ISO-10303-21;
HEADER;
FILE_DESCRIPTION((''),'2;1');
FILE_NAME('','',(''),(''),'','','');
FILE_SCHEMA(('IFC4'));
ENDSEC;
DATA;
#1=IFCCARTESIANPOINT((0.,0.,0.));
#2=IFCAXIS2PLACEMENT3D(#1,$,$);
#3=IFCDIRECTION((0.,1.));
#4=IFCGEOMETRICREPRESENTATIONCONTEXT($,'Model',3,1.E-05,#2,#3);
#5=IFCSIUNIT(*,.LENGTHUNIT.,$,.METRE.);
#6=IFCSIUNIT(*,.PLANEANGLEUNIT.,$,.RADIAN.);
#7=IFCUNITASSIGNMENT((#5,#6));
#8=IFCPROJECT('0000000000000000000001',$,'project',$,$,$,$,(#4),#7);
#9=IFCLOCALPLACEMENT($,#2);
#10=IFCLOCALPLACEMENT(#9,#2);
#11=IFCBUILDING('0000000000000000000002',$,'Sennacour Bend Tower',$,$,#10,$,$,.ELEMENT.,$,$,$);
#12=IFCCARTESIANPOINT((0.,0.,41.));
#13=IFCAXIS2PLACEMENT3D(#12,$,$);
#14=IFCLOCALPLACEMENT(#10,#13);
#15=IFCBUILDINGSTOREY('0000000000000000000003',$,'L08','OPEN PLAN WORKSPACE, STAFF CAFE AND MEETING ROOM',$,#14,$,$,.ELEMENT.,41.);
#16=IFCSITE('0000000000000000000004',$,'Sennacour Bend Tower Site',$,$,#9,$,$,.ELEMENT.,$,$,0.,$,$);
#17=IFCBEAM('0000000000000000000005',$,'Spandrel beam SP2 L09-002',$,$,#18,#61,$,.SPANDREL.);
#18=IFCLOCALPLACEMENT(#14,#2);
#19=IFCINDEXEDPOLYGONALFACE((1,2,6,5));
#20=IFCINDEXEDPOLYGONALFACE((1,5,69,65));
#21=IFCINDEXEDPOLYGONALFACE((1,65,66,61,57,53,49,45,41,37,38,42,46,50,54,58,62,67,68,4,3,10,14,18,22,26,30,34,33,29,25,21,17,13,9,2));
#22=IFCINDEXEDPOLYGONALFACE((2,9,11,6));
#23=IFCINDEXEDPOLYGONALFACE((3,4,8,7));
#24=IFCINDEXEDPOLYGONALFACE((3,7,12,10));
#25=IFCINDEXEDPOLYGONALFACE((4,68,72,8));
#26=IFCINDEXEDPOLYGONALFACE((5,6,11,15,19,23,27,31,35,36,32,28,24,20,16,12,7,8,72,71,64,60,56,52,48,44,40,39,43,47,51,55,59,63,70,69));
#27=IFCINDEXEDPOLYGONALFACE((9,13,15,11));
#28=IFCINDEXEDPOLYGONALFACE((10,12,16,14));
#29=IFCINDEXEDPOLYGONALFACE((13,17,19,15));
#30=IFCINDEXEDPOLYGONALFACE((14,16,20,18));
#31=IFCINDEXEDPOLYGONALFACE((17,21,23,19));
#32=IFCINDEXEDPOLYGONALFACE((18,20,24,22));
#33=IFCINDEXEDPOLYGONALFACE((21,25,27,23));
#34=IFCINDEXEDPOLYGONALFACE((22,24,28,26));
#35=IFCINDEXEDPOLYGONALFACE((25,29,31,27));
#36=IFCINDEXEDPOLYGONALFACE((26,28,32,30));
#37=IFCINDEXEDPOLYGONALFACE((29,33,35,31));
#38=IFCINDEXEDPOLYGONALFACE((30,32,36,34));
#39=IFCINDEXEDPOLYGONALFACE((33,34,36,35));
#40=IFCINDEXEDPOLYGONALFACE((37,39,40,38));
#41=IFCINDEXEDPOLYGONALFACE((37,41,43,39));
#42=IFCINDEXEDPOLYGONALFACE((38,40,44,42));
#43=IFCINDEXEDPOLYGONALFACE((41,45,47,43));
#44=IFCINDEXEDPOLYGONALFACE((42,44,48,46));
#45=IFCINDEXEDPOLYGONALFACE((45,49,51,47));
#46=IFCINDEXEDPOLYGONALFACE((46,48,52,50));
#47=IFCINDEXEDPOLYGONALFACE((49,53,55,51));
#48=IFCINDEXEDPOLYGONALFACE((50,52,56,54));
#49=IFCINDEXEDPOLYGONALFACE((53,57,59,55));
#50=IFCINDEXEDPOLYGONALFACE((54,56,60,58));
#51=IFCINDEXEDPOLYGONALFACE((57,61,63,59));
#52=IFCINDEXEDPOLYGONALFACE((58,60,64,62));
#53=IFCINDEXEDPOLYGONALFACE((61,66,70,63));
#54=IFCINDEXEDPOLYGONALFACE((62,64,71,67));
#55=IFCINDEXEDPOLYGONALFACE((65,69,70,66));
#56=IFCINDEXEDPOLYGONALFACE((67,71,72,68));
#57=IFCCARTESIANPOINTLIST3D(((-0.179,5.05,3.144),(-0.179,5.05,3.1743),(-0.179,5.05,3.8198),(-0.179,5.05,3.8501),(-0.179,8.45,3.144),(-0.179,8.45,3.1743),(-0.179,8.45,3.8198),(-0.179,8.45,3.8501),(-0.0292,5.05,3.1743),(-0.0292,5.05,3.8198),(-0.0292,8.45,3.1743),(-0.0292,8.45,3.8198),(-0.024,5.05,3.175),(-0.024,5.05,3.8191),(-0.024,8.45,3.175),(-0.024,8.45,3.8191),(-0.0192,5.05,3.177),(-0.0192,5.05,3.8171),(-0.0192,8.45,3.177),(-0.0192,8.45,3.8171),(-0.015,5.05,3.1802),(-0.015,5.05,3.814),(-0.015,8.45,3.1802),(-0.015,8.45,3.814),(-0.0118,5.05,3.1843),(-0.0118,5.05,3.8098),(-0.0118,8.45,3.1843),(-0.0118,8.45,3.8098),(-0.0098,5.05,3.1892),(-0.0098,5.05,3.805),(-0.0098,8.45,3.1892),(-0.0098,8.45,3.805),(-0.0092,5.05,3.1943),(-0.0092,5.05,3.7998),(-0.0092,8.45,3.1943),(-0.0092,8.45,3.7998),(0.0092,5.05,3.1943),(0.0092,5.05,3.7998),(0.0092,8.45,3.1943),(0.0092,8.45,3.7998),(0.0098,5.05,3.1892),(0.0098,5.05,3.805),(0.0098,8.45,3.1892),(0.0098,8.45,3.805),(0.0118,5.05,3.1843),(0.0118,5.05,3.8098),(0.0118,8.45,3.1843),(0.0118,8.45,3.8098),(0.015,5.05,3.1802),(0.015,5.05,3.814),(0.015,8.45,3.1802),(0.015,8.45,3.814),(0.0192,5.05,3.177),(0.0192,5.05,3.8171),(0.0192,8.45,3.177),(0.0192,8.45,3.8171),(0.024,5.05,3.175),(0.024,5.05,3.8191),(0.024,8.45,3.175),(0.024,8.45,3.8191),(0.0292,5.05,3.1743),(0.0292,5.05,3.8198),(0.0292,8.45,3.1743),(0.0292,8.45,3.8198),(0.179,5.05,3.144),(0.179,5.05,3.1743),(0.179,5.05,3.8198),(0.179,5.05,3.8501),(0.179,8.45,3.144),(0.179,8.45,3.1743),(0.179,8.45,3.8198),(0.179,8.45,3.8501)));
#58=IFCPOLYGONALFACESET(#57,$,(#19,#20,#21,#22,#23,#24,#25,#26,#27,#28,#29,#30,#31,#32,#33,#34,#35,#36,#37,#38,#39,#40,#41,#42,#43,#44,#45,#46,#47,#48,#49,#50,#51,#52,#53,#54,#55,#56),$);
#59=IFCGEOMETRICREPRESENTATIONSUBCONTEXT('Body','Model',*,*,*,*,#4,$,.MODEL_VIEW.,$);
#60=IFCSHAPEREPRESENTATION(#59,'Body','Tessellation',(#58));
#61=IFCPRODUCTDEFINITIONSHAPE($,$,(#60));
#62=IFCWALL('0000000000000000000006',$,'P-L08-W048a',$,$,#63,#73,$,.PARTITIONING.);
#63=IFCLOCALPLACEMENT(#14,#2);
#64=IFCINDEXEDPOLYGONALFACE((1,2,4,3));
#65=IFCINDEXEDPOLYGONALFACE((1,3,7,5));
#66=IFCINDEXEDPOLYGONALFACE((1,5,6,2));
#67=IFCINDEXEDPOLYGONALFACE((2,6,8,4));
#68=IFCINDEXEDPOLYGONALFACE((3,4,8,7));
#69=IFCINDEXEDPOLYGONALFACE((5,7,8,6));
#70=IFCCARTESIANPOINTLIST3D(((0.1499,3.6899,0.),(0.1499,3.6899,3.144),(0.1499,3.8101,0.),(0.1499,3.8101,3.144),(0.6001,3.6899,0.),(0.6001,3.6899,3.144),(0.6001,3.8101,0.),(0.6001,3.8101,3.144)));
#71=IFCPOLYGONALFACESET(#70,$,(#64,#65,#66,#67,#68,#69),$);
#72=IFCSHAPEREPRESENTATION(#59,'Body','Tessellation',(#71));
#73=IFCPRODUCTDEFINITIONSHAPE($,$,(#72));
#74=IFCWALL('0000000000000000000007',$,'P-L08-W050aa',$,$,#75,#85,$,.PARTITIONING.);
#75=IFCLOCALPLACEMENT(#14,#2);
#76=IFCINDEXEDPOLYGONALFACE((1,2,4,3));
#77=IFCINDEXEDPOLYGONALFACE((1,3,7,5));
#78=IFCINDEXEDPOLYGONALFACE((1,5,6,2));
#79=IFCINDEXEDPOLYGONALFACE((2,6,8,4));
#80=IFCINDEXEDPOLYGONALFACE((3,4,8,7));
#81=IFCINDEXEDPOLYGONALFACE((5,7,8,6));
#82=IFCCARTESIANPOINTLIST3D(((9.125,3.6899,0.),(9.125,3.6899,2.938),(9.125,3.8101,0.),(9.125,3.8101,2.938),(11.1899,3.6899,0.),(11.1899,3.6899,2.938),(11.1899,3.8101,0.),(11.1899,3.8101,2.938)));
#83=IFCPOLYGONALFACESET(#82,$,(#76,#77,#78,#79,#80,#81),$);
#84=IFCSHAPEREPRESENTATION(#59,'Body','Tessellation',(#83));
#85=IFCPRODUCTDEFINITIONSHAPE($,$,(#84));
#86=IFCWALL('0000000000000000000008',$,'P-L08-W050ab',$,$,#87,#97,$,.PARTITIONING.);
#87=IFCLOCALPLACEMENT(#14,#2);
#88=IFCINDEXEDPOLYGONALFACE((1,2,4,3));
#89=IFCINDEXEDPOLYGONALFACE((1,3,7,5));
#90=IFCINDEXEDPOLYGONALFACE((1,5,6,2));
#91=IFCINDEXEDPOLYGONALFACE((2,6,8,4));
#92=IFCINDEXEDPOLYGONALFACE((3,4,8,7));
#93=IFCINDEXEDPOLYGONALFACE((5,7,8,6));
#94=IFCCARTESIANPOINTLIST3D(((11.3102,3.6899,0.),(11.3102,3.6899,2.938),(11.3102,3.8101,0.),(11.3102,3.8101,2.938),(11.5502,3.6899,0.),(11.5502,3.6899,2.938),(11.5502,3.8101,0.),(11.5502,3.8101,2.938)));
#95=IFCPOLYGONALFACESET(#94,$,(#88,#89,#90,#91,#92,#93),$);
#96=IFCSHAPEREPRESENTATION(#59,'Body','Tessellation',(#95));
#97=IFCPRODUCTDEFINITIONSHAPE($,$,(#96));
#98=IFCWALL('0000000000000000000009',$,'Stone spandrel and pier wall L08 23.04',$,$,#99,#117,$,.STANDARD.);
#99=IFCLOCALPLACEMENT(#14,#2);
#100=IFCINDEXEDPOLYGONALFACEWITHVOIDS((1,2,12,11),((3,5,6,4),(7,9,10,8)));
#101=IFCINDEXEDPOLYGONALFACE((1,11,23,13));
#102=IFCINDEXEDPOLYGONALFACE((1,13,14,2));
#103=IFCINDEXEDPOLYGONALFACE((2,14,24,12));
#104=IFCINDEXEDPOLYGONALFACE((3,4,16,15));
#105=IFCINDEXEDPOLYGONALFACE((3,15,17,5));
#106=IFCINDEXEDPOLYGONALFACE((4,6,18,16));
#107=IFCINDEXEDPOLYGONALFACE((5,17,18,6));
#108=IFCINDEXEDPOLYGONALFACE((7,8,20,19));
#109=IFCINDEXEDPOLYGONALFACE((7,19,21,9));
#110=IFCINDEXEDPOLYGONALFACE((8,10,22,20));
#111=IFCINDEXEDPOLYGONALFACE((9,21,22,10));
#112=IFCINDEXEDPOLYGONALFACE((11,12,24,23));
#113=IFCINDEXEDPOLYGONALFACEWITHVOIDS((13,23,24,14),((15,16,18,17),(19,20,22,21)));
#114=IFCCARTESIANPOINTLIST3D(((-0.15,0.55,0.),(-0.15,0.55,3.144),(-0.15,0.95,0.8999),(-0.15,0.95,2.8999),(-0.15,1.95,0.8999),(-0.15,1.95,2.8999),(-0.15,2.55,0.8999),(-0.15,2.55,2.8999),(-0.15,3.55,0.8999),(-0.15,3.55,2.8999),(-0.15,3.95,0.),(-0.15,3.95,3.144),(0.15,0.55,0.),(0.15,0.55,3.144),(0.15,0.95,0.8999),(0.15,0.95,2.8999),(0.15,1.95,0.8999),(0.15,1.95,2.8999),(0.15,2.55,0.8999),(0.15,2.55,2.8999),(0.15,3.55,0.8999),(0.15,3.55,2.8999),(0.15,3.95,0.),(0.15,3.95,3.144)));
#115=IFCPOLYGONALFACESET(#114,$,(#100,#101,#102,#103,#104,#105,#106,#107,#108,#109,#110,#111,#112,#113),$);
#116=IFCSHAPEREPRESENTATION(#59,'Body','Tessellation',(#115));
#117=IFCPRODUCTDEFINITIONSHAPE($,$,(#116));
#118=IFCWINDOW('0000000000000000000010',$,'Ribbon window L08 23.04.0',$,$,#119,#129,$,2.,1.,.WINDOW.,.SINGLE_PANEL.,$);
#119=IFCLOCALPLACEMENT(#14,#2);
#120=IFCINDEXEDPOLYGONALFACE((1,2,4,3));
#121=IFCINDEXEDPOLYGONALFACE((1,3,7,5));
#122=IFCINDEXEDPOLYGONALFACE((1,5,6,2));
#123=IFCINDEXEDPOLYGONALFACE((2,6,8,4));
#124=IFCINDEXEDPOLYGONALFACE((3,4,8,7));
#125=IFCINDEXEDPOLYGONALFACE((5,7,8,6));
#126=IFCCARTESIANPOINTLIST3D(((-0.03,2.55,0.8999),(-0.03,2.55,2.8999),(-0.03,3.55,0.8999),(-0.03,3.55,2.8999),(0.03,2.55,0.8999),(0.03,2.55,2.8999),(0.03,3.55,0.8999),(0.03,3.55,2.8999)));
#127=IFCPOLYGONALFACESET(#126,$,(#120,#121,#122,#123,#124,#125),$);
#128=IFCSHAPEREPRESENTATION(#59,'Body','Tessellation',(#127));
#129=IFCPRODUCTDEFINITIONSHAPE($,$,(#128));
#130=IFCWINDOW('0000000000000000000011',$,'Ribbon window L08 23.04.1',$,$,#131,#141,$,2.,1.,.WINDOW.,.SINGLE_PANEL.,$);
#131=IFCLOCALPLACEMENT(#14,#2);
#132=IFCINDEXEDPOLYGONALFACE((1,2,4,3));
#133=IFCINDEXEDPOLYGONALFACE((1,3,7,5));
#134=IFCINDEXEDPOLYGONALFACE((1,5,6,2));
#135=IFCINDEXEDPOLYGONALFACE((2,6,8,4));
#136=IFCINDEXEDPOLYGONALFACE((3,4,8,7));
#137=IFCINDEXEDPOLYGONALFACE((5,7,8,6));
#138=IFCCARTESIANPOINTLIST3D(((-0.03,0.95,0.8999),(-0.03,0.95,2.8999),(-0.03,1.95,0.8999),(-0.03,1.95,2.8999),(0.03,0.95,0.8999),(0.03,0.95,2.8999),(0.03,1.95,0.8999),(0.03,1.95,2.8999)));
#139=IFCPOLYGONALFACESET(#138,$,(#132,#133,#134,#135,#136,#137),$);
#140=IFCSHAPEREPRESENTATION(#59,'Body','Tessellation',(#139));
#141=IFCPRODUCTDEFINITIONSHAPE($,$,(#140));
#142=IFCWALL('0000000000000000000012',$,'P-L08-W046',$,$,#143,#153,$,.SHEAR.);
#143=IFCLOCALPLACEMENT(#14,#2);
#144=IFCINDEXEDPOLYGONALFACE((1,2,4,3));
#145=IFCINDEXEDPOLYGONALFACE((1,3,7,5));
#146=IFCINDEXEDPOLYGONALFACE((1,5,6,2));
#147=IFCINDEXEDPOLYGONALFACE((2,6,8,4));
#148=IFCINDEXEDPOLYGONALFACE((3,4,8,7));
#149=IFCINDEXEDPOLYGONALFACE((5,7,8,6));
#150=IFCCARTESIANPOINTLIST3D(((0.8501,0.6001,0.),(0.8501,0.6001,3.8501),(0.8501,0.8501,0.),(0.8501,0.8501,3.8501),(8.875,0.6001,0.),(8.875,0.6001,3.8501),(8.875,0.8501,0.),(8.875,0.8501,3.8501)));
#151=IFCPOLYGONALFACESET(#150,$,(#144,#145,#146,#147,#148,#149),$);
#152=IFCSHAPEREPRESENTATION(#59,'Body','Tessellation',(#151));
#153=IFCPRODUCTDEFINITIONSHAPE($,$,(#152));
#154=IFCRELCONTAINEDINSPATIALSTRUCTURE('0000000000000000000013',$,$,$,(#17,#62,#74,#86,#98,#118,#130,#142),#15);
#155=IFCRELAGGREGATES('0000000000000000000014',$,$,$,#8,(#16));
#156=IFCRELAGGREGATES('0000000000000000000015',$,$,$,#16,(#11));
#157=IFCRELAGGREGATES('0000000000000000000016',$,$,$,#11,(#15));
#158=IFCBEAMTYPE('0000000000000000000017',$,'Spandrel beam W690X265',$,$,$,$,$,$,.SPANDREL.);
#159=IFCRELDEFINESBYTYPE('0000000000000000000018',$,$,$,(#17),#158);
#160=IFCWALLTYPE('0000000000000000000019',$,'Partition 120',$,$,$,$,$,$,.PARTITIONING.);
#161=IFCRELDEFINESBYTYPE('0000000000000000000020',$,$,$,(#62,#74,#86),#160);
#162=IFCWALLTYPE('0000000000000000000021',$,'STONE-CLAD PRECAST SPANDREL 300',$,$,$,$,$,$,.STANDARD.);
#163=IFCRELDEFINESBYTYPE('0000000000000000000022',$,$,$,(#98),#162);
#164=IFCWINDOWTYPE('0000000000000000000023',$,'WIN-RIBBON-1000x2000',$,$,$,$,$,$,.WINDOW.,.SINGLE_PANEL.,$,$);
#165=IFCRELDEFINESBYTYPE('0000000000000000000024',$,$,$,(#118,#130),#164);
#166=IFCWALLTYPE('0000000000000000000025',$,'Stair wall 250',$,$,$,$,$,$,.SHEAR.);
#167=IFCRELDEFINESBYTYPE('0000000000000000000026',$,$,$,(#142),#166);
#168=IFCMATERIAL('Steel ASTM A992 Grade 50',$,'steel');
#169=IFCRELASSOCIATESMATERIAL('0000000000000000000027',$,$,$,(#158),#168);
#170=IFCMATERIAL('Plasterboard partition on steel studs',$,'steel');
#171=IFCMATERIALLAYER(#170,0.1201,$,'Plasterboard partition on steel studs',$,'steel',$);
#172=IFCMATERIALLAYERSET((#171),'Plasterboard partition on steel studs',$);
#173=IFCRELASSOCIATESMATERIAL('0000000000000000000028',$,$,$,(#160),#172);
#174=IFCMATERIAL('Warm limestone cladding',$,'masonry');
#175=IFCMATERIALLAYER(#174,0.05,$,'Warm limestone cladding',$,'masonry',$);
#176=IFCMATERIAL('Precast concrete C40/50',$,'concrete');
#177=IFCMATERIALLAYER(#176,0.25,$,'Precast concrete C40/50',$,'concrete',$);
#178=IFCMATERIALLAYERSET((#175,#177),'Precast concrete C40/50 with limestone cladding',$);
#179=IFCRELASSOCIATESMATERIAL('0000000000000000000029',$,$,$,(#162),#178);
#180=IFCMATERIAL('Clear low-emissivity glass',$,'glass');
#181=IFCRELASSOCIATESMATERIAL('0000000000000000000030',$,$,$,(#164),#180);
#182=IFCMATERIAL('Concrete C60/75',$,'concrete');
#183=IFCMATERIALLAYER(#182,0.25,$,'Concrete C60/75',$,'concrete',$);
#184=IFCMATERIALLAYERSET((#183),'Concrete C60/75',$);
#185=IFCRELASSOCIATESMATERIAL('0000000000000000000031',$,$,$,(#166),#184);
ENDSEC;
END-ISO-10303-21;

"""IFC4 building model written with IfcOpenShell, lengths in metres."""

from ifc_helpers import new_model, si_unit, direction, frame, frame_2d, origin, origin_2d, place, context, subcontext, project, spatial, rectangle, i_section, extrude, material, layer, layer_set, material_profile, profile_set, type_object, element, fill, save


model = new_model("IFC4")

# Units and contexts
model_context = context("Model", 3, precision=1e-05, world=origin(), true_north=direction((0.0, 1.0)))
body_context = subcontext(model_context, "Body", "Model", "MODEL_VIEW")
ifc_project = project(units=[si_unit("LENGTHUNIT", "METRE"), si_unit("PLANEANGLEUNIT", "RADIAN")], contexts=[model_context])

# Site, building, storey
site_placement = place(None, origin())
site = spatial("IfcSite", under=ifc_project, at=site_placement, Name="Sennacour Bend Tower Site", CompositionType="ELEMENT", RefElevation=0.0)
building_placement = place(site_placement, origin())
building = spatial("IfcBuilding", under=site, at=building_placement, Name="Sennacour Bend Tower", CompositionType="ELEMENT")
storey_placement = place(building_placement, frame((0.0, 0.0, 41.0)))
storey = spatial("IfcBuildingStorey", under=building, at=storey_placement, Name="L08", Description="OPEN PLAN WORKSPACE, STAFF CAFE AND MEETING ROOM", CompositionType="ELEMENT", Elevation=41.0)

# Beam
ifc_material_1 = material(Name="Steel ASTM A992 Grade 50", Category="steel")
ifc_material_profile_1 = material_profile(ifc_material_1, i_section(OverallWidth=0.3579, OverallDepth=0.7061, WebThickness=0.0183, FlangeThickness=0.0303, FilletRadius=0.02, at=origin_2d()), Name="Steel ASTM A992 Grade 50", Category="steel")
ifc_profile_set_1 = profile_set([ifc_material_profile_1], Name="Steel ASTM A992 Grade 50")
beam_type_1 = type_object("IfcBeamType", Name="Spandrel beam W690X265", PredefinedType="SPANDREL", material=ifc_profile_set_1)
beam_placement = place(storey_placement, frame((0.0, 5.05, 3.4971), z_axis=(0.0, 1.0, 0.0), x_axis=(-1.0, 0.0, 0.0)))
element("IfcBeam", 1, at=beam_placement, inside=storey, type_object=beam_type_1, Name="Spandrel beam SP2 L09-002", PredefinedType="SPANDREL", context=body_context, shape_type="SweptSolid", body=[
    extrude(i_section(OverallWidth=0.3579, OverallDepth=0.7061, WebThickness=0.0183, FlangeThickness=0.0303, FilletRadius=0.02, at=origin_2d()), origin(), (0.0, 0.0, 1.0), 3.3999),
])

# Walls
ifc_material_2 = material(Name="Plasterboard partition on steel studs", Category="steel")
ifc_layer_1 = layer(ifc_material_2, 0.1201, Name="Plasterboard partition on steel studs", Category="steel")
ifc_layer_set_1 = layer_set([ifc_layer_1], Name="Plasterboard partition on steel studs")
wall_type_1 = type_object("IfcWallType", Name="Partition 120", PredefinedType="PARTITIONING", material=ifc_layer_set_1)
wall_1_placement = place(storey_placement, frame((0.1499, 3.75, 0.0), z_axis=(0.0, 0.0, 1.0), x_axis=(1.0, 0.0, 0.0)))
element("IfcWall", 2, at=wall_1_placement, inside=storey, type_object=wall_type_1, Name="P-L08-W048a", PredefinedType="PARTITIONING", context=body_context, shape_type="SweptSolid", body=[
    extrude(rectangle(XDim=0.4502, YDim=0.1201, at=frame_2d((0.2251, 0.0))), origin(), (0.0, 0.0, 1.0), 3.144),
])
wall_2_placement = place(storey_placement, frame((9.125, 3.75, 0.0), z_axis=(0.0, 0.0, 1.0), x_axis=(1.0, 0.0, 0.0)))
element("IfcWall", 3, at=wall_2_placement, inside=storey, type_object=wall_type_1, Name="P-L08-W050aa", PredefinedType="PARTITIONING", context=body_context, shape_type="SweptSolid", body=[
    extrude(rectangle(XDim=2.0649, YDim=0.1201, at=frame_2d((1.0325, 0.0))), origin(), (0.0, 0.0, 1.0), 2.938),
])
wall_3_placement = place(storey_placement, frame((11.3101, 3.75, 0.0), z_axis=(0.0, 0.0, 1.0), x_axis=(1.0, 0.0, 0.0)))
element("IfcWall", 4, at=wall_3_placement, inside=storey, type_object=wall_type_1, Name="P-L08-W050ab", PredefinedType="PARTITIONING", context=body_context, shape_type="SweptSolid", body=[
    extrude(rectangle(XDim=0.24, YDim=0.1201, at=frame_2d((0.1201, 0.0))), origin(), (0.0, 0.0, 1.0), 2.938),
])

# Wall, openings, windows
ifc_material_3 = material(Name="Warm limestone cladding", Category="masonry")
ifc_layer_2 = layer(ifc_material_3, 0.05, Name="Warm limestone cladding", Category="masonry")
ifc_material_4 = material(Name="Precast concrete C40/50", Category="concrete")
ifc_layer_3 = layer(ifc_material_4, 0.25, Name="Precast concrete C40/50", Category="concrete")
ifc_layer_set_2 = layer_set([ifc_layer_2, ifc_layer_3], Name="Precast concrete C40/50 with limestone cladding")
wall_type_2 = type_object("IfcWallType", Name="STONE-CLAD PRECAST SPANDREL 300", PredefinedType="STANDARD", material=ifc_layer_set_2)
wall_4_placement = place(storey_placement, frame((0.0, 3.95, 0.0), z_axis=(0.0, 0.0, 1.0), x_axis=(0.0, -1.0, 0.0)))
wall_4 = element("IfcWall", 5, at=wall_4_placement, inside=storey, type_object=wall_type_2, Name="Stone spandrel and pier wall L08 23.04", PredefinedType="STANDARD", context=body_context, shape_type="SweptSolid", body=[
    extrude(rectangle(XDim=3.3999, YDim=0.3, at=frame_2d((1.7, 0.0))), origin(), (0.0, 0.0, 1.0), 3.144),
])
opening_1_placement = place(wall_4_placement, frame((0.3999, 0.0, 0.8999)))
opening_1 = element("IfcOpeningElement", 6, at=opening_1_placement, cuts=wall_4, PredefinedType="OPENING", context=body_context, shape_type="SweptSolid", body=[
    extrude(rectangle(XDim=1.0, YDim=2.0, at=frame_2d((0.5, 1.0))), frame((0.0, 0.1602, 0.0), z_axis=(0.0, -1.0, 0.0), x_axis=(1.0, 0.0, 0.0)), (0.0, 0.0, 1.0), 0.3201),
])
opening_2_placement = place(wall_4_placement, frame((2.0, 0.0, 0.8999)))
opening_2 = element("IfcOpeningElement", 7, at=opening_2_placement, cuts=wall_4, PredefinedType="OPENING", context=body_context, shape_type="SweptSolid", body=[
    extrude(rectangle(XDim=1.0, YDim=2.0, at=frame_2d((0.5, 1.0))), frame((0.0, 0.1602, 0.0), z_axis=(0.0, -1.0, 0.0), x_axis=(1.0, 0.0, 0.0)), (0.0, 0.0, 1.0), 0.3201),
])
ifc_material_5 = material(Name="Clear low-emissivity glass", Category="glass")
window_type = type_object("IfcWindowType", Name="WIN-RIBBON-1000x2000", PartitioningType="SINGLE_PANEL", PredefinedType="WINDOW", material=ifc_material_5)
window_1_placement = place(opening_1_placement, origin())
window_1 = element("IfcWindow", 8, at=window_1_placement, inside=storey, type_object=window_type, Name="Ribbon window L08 23.04.0", OverallHeight=2.0, OverallWidth=1.0, PartitioningType="SINGLE_PANEL", PredefinedType="WINDOW", context=body_context, shape_type="SweptSolid", body=[
    extrude(rectangle(XDim=1.0, YDim=2.0, at=frame_2d((0.5, 1.0))), frame((0.0, 0.03, 0.0), z_axis=(0.0, -1.0, 0.0), x_axis=(1.0, 0.0, 0.0)), (0.0, 0.0, 1.0), 0.0601),
])
fill(opening_1, window_1)
window_2_placement = place(opening_2_placement, origin())
window_2 = element("IfcWindow", 9, at=window_2_placement, inside=storey, type_object=window_type, Name="Ribbon window L08 23.04.1", OverallHeight=2.0, OverallWidth=1.0, PartitioningType="SINGLE_PANEL", PredefinedType="WINDOW", context=body_context, shape_type="SweptSolid", body=[
    extrude(rectangle(XDim=1.0, YDim=2.0, at=frame_2d((0.5, 1.0))), frame((0.0, 0.03, 0.0), z_axis=(0.0, -1.0, 0.0), x_axis=(1.0, 0.0, 0.0)), (0.0, 0.0, 1.0), 0.0601),
])
fill(opening_2, window_2)

# Wall
ifc_material_6 = material(Name="Concrete C60/75", Category="concrete")
ifc_layer_4 = layer(ifc_material_6, 0.25, Name="Concrete C60/75", Category="concrete")
ifc_layer_set_3 = layer_set([ifc_layer_4], Name="Concrete C60/75")
wall_type_3 = type_object("IfcWallType", Name="Stair wall 250", PredefinedType="SHEAR", material=ifc_layer_set_3)
wall_5_placement = place(storey_placement, frame((0.8501, 0.7251, 0.0), z_axis=(0.0, 0.0, 1.0), x_axis=(1.0, 0.0, 0.0)))
element("IfcWall", 10, at=wall_5_placement, inside=storey, type_object=wall_type_3, Name="P-L08-W046", PredefinedType="SHEAR", context=body_context, shape_type="SweptSolid", body=[
    extrude(rectangle(XDim=8.0249, YDim=0.25, at=frame_2d((4.0125, 0.0))), origin(), (0.0, 0.0, 1.0), 3.8501),
])

save(model, "model.ifc")
